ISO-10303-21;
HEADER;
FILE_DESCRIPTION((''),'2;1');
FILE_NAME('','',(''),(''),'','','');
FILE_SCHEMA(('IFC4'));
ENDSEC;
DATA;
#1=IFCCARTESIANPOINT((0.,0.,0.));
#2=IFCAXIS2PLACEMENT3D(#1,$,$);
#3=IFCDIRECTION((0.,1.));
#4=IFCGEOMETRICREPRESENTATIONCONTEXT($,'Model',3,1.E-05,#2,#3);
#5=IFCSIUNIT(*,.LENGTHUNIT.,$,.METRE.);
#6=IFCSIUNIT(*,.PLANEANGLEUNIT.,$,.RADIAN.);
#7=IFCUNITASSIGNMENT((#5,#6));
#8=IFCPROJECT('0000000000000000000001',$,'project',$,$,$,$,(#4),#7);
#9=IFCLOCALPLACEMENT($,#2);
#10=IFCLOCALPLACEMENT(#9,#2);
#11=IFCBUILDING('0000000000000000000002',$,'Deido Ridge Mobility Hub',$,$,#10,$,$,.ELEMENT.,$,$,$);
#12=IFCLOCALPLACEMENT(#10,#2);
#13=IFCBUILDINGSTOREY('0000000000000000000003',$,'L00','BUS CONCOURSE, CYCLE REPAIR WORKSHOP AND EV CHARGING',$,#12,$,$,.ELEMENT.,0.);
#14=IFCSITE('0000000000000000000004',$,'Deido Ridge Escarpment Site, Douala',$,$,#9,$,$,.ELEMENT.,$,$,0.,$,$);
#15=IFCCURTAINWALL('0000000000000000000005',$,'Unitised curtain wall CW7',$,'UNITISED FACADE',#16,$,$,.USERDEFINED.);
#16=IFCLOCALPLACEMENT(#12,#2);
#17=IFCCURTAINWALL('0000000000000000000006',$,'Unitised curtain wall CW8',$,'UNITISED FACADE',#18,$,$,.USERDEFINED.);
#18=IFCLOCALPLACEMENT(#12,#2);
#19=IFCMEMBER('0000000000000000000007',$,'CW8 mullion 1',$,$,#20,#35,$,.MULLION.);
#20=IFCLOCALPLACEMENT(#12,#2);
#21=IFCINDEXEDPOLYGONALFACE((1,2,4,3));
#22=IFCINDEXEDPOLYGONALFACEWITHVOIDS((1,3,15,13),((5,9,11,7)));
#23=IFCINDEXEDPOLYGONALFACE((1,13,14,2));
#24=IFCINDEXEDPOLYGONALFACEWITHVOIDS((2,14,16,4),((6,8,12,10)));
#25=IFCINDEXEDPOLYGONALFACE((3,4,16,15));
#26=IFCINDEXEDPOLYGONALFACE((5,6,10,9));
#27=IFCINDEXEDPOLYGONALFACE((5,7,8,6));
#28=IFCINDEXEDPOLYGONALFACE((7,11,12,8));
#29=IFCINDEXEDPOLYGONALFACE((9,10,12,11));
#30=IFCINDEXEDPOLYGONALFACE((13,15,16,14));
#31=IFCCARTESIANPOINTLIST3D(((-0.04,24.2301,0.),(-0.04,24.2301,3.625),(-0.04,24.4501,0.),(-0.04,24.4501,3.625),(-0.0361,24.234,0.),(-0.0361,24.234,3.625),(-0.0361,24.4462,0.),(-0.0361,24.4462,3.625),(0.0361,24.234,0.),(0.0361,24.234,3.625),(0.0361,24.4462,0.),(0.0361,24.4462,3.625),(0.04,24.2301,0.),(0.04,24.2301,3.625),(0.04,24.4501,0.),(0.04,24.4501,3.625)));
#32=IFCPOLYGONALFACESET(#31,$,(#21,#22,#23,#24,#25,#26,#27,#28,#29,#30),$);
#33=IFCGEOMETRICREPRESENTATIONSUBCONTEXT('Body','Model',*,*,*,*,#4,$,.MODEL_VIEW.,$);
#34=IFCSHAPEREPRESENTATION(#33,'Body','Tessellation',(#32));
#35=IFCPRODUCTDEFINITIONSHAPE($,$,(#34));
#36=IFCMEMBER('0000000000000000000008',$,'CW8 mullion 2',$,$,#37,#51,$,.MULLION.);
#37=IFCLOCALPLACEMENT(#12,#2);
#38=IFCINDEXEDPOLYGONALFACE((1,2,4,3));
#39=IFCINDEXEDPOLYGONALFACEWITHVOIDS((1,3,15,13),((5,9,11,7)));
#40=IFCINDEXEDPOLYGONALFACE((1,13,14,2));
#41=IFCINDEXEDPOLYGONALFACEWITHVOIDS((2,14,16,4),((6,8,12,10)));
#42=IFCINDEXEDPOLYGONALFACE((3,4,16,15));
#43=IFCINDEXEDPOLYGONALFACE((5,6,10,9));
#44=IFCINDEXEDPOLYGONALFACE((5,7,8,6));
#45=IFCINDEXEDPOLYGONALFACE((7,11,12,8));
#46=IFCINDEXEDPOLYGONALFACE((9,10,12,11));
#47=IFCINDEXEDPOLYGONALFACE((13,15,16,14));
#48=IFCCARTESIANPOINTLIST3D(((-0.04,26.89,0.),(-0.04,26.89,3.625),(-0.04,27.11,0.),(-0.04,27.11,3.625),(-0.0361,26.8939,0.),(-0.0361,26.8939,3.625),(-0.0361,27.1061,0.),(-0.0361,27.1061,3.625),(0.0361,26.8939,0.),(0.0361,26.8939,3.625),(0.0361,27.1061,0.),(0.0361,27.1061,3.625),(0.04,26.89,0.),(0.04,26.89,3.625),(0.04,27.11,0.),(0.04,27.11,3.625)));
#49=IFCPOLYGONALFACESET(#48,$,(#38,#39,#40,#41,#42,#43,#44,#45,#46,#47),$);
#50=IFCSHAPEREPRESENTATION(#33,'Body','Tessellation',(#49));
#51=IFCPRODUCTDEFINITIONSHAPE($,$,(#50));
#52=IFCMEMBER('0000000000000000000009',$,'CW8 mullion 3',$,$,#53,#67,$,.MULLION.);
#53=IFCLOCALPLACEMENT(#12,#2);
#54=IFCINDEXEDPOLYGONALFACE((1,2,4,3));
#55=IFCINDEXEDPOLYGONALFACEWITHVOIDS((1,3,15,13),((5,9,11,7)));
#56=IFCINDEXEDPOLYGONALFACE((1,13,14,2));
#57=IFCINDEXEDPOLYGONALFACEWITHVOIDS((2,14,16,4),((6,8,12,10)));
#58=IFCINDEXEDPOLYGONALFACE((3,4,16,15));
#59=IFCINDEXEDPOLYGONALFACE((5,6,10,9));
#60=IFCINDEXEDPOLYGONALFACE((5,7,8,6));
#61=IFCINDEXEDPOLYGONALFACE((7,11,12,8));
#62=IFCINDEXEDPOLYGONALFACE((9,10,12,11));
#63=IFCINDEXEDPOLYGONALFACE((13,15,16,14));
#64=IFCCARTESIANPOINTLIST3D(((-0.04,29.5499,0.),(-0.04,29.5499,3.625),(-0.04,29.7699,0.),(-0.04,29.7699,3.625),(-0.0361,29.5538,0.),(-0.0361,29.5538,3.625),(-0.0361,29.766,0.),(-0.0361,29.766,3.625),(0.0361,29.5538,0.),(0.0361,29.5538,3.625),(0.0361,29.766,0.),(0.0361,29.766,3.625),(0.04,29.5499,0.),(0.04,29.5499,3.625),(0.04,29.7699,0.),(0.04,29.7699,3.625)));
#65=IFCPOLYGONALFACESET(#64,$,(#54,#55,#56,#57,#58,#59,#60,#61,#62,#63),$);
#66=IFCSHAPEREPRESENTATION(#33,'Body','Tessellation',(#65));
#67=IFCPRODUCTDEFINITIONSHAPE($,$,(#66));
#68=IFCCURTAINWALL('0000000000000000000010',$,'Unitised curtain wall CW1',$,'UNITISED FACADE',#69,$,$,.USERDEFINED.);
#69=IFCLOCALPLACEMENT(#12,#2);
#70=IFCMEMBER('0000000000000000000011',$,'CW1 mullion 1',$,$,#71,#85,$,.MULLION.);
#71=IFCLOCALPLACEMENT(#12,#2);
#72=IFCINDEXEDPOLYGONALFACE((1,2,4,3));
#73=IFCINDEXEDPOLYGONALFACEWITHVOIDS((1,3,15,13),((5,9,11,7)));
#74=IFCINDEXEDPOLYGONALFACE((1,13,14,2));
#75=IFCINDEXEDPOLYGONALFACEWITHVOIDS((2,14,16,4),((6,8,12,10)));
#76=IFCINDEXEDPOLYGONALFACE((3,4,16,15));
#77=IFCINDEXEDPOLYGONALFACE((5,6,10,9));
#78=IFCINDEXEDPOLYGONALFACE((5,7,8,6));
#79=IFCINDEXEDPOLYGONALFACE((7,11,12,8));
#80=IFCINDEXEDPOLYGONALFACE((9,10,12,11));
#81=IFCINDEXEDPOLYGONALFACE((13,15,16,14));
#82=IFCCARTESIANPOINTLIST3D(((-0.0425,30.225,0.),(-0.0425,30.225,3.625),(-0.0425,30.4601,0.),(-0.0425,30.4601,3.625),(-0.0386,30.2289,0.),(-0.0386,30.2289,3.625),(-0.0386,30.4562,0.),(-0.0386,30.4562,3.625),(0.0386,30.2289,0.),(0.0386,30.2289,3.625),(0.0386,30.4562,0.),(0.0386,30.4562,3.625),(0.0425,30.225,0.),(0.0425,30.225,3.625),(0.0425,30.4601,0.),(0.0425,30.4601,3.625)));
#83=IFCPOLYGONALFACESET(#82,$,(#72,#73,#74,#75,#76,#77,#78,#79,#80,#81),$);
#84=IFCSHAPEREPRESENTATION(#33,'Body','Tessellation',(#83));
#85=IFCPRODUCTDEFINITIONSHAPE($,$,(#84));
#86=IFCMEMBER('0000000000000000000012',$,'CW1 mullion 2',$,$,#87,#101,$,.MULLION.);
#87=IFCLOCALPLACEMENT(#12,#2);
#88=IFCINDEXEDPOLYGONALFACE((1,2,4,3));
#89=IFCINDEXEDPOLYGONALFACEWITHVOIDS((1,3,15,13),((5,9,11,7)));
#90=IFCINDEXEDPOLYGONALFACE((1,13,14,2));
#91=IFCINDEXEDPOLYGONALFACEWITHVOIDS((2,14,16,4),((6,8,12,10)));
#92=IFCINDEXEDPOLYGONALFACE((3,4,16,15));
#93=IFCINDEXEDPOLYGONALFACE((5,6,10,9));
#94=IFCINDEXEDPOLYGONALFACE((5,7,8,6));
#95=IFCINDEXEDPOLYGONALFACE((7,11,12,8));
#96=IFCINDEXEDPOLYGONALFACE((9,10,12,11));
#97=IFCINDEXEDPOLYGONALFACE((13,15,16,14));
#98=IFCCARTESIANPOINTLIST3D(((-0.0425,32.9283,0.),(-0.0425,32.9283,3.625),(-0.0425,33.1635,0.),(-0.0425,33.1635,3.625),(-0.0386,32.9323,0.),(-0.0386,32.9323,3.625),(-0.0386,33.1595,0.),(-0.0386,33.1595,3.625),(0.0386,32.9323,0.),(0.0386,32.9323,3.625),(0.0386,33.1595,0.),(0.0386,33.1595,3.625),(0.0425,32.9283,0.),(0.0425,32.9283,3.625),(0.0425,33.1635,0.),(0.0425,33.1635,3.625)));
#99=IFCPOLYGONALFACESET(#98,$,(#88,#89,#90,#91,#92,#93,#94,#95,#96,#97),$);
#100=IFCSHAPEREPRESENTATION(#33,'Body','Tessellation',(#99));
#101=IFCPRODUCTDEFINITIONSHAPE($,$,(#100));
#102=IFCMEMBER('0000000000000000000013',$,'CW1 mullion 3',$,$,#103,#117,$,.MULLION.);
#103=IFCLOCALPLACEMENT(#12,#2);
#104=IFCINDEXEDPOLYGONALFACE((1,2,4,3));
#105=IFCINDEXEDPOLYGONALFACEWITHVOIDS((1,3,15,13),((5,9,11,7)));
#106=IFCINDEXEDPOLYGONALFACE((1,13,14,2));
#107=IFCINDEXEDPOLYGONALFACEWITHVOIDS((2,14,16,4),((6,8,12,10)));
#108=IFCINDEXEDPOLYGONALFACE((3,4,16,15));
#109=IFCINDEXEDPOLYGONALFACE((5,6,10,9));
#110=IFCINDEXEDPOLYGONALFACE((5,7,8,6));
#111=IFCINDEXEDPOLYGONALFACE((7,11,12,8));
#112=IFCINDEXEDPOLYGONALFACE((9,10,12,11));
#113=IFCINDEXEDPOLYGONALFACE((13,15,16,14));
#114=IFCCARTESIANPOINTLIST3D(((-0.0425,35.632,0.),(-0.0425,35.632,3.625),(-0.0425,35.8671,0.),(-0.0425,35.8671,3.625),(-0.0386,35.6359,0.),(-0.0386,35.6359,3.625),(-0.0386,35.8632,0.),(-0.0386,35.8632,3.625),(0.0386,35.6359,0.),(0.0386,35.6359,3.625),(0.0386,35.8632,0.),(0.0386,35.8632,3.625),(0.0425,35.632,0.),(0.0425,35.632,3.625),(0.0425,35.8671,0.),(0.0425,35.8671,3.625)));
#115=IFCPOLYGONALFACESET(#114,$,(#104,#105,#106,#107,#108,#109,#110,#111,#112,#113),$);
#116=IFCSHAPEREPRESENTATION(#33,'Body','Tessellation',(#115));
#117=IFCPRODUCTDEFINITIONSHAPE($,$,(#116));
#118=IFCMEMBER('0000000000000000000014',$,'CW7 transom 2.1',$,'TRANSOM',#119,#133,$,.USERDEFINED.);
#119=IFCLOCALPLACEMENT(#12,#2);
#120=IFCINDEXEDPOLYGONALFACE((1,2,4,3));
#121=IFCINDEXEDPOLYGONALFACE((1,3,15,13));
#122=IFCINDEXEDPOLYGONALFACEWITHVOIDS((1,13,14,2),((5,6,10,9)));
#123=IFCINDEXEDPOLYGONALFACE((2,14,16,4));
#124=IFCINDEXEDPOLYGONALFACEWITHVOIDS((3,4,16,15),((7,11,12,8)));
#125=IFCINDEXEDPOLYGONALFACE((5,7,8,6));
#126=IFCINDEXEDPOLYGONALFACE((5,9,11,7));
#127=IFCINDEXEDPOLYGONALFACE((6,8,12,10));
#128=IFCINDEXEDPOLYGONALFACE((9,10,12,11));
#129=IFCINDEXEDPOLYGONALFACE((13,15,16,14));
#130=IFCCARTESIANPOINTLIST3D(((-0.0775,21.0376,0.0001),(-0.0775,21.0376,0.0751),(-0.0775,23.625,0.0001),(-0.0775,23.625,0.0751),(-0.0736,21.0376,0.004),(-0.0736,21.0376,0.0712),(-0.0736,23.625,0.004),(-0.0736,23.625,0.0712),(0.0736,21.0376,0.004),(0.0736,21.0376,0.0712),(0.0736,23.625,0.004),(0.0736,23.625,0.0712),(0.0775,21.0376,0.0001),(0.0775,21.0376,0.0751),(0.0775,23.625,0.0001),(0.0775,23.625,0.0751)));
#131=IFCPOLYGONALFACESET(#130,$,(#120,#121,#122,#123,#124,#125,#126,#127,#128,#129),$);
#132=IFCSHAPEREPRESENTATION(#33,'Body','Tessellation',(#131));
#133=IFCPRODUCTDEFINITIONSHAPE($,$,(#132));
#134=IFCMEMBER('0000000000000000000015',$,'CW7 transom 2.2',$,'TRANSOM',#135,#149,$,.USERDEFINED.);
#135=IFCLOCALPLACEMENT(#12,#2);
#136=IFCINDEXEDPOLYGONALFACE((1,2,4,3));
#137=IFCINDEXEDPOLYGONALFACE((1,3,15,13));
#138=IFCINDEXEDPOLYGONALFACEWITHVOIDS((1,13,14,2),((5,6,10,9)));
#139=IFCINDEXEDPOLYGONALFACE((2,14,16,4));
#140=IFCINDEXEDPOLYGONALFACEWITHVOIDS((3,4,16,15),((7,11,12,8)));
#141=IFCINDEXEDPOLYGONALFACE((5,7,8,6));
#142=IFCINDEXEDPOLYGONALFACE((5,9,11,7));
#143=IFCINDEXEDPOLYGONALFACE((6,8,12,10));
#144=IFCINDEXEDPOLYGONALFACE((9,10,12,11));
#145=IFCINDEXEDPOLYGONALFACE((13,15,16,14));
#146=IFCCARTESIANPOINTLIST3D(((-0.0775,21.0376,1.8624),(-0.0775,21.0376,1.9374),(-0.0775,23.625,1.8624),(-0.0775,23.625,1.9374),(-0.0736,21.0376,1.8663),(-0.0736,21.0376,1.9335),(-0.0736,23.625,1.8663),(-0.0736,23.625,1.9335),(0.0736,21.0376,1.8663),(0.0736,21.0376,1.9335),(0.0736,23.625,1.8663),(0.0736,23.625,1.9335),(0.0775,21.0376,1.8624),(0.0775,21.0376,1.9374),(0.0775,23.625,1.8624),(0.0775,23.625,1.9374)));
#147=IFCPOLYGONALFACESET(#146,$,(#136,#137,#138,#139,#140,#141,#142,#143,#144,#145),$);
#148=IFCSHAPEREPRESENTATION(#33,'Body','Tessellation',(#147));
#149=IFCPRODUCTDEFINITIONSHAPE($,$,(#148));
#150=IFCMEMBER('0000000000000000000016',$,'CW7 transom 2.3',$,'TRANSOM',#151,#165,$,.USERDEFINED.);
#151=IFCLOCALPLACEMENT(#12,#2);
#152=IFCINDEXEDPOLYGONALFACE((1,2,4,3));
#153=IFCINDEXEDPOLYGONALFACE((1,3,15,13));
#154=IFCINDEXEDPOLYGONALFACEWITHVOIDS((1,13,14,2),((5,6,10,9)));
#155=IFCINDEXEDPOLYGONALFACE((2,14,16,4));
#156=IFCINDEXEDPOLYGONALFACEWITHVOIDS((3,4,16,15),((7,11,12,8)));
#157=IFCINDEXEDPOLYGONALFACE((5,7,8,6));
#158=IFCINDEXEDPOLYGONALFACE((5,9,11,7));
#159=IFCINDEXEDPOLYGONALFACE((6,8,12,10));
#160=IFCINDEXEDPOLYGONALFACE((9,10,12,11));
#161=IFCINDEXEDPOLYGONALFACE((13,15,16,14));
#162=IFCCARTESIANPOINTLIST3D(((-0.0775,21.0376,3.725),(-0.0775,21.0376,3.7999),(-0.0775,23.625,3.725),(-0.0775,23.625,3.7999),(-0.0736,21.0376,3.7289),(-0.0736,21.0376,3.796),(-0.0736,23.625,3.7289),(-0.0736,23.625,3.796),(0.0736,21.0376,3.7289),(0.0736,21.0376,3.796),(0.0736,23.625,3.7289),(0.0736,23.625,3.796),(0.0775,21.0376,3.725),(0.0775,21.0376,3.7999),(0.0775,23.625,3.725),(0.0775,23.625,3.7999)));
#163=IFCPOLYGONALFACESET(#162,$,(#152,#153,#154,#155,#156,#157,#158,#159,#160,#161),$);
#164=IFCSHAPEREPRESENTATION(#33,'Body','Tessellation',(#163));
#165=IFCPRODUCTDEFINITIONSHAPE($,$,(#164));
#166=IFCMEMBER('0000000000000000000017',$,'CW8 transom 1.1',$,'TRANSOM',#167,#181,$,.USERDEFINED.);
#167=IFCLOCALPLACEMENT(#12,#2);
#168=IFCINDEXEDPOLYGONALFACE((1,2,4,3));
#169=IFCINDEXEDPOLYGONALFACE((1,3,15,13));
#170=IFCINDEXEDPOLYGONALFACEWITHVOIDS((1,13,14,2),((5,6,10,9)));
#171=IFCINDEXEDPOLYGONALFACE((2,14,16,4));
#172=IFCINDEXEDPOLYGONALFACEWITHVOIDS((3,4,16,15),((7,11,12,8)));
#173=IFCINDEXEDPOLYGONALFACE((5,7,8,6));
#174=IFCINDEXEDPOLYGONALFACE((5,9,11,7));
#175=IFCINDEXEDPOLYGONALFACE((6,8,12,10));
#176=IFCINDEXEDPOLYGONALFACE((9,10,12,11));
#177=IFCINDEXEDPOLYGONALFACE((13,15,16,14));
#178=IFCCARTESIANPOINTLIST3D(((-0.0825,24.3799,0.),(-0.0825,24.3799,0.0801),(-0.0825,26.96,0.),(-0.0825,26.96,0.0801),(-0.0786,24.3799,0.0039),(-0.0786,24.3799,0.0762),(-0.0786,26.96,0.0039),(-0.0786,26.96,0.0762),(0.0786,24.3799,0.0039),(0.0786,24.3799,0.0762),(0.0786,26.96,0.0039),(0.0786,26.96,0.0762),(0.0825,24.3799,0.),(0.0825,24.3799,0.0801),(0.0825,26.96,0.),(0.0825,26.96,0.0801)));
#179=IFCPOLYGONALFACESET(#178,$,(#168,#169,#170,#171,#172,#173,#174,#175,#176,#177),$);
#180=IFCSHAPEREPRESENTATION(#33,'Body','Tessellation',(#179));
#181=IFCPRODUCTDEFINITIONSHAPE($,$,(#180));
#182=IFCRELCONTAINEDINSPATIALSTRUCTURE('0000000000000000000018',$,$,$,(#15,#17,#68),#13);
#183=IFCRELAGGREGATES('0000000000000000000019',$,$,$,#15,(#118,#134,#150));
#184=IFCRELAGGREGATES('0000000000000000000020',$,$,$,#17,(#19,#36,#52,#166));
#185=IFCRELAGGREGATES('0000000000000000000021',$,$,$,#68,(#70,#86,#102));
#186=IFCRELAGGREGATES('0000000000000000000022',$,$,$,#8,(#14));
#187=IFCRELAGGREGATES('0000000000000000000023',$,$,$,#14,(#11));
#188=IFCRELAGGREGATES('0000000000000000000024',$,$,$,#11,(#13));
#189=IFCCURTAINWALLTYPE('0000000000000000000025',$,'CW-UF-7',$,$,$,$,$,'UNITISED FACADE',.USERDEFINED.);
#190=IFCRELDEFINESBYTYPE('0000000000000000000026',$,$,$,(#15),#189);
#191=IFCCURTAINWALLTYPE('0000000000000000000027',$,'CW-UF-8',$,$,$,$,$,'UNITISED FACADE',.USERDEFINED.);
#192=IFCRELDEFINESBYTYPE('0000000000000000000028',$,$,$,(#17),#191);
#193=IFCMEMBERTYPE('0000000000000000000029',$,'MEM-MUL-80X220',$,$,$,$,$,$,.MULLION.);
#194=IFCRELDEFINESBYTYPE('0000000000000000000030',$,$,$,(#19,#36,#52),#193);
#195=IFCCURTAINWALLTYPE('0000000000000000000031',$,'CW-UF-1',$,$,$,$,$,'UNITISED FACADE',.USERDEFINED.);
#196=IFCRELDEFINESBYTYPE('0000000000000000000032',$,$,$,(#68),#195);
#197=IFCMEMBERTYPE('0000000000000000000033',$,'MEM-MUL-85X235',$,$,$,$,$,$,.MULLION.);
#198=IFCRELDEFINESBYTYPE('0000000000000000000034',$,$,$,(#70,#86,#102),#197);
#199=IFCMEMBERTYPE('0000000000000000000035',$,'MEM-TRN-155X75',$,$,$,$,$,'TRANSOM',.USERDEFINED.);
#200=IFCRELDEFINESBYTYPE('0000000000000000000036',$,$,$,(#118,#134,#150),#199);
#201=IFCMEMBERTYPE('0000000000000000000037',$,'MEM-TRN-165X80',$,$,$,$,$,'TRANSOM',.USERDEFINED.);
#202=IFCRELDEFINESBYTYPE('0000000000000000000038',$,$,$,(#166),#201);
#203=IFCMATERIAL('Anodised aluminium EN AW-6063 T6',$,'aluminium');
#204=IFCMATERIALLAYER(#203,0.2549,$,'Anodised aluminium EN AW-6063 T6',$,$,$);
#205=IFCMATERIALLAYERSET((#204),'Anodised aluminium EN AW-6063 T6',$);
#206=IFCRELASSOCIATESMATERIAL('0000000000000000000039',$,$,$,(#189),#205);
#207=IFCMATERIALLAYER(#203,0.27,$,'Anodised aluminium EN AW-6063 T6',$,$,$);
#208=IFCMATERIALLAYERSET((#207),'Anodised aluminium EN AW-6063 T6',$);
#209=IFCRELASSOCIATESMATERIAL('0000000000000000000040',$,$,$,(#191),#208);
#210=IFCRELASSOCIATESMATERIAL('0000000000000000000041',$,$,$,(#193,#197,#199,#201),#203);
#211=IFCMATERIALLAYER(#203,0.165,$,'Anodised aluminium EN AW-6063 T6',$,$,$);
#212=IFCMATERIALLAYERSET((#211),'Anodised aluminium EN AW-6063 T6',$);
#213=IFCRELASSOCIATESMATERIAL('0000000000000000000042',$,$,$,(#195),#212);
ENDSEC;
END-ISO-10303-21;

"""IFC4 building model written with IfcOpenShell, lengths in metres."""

from ifc_helpers import new_model, si_unit, direction, frame, origin, origin_2d, place, context, subcontext, project, spatial, hollow_rectangle, extrude, material, layer, layer_set, material_profile, profile_set, type_object, element, aggregate, save


model = new_model("IFC4")

# Units and contexts
model_context = context("Model", 3, precision=1e-05, world=origin(), true_north=direction((0.0, 1.0)))
body_context = subcontext(model_context, "Body", "Model", "MODEL_VIEW")
ifc_project = project(units=[si_unit("LENGTHUNIT", "METRE"), si_unit("PLANEANGLEUNIT", "RADIAN")], contexts=[model_context])

# Site, building, storey
site_placement = place(None, origin())
site = spatial("IfcSite", under=ifc_project, at=site_placement, Name="Deido Ridge Escarpment Site, Douala", CompositionType="ELEMENT", RefElevation=0.0)
building_placement = place(site_placement, origin())
building = spatial("IfcBuilding", under=site, at=building_placement, Name="Deido Ridge Mobility Hub", CompositionType="ELEMENT")
storey_placement = place(building_placement, origin())
storey = spatial("IfcBuildingStorey", under=building, at=storey_placement, Name="L00", Description="BUS CONCOURSE, CYCLE REPAIR WORKSHOP AND EV CHARGING", CompositionType="ELEMENT", Elevation=0.0)

# Curtain walls, members
ifc_material_1 = material(Name="Anodised aluminium EN AW-6063 T6", Category="aluminium")
ifc_layer_1 = layer(ifc_material_1, 0.2549, Name="Anodised aluminium EN AW-6063 T6")
ifc_layer_set_1 = layer_set([ifc_layer_1], Name="Anodised aluminium EN AW-6063 T6")
curtain_wall_type_1 = type_object("IfcCurtainWallType", Name="CW-UF-7", ElementType="UNITISED FACADE", PredefinedType="USERDEFINED", material=ifc_layer_set_1)
curtain_wall_1_placement = place(storey_placement, origin())
curtain_wall_1 = element("IfcCurtainWall", 1, at=curtain_wall_1_placement, inside=storey, type_object=curtain_wall_type_1, Name="Unitised curtain wall CW7", ObjectType="UNITISED FACADE", PredefinedType="USERDEFINED")
ifc_layer_2 = layer(ifc_material_1, 0.27, Name="Anodised aluminium EN AW-6063 T6")
ifc_layer_set_2 = layer_set([ifc_layer_2], Name="Anodised aluminium EN AW-6063 T6")
curtain_wall_type_2 = type_object("IfcCurtainWallType", Name="CW-UF-8", ElementType="UNITISED FACADE", PredefinedType="USERDEFINED", material=ifc_layer_set_2)
curtain_wall_2_placement = place(storey_placement, origin())
curtain_wall_2 = element("IfcCurtainWall", 2, at=curtain_wall_2_placement, inside=storey, type_object=curtain_wall_type_2, Name="Unitised curtain wall CW8", ObjectType="UNITISED FACADE", PredefinedType="USERDEFINED")
ifc_material_profile_1 = material_profile(ifc_material_1, hollow_rectangle(XDim=0.0801, YDim=0.22, WallThickness=0.0039, at=origin_2d()), Name="RHS 80x220x4")
ifc_profile_set_1 = profile_set([ifc_material_profile_1], Name="Anodised aluminium EN AW-6063 T6")
member_type_1 = type_object("IfcMemberType", Name="MEM-MUL-80X220", PredefinedType="MULLION", material=ifc_profile_set_1)
member_1_placement = place(storey_placement, frame((0.0, 24.3401, 0.0), z_axis=(0.0, 0.0, 1.0), x_axis=(-1.0, 0.0, 0.0)))
member_1 = element("IfcMember", 3, at=member_1_placement, type_object=member_type_1, Name="CW8 mullion 1", PredefinedType="MULLION", context=body_context, shape_type="SweptSolid", body=[
    extrude(hollow_rectangle(XDim=0.0801, YDim=0.22, WallThickness=0.0039, at=origin_2d()), origin(), (0.0, 0.0, 1.0), 3.625),
])
member_2_placement = place(storey_placement, frame((0.0, 27.0, 0.0), z_axis=(0.0, 0.0, 1.0), x_axis=(-1.0, 0.0, 0.0)))
member_2 = element("IfcMember", 4, at=member_2_placement, type_object=member_type_1, Name="CW8 mullion 2", PredefinedType="MULLION", context=body_context, shape_type="SweptSolid", body=[
    extrude(hollow_rectangle(XDim=0.0801, YDim=0.22, WallThickness=0.0039, at=origin_2d()), origin(), (0.0, 0.0, 1.0), 3.625),
])
member_3_placement = place(storey_placement, frame((0.0, 29.6599, 0.0), z_axis=(0.0, 0.0, 1.0), x_axis=(-1.0, 0.0, 0.0)))
member_3 = element("IfcMember", 5, at=member_3_placement, type_object=member_type_1, Name="CW8 mullion 3", PredefinedType="MULLION", context=body_context, shape_type="SweptSolid", body=[
    extrude(hollow_rectangle(XDim=0.0801, YDim=0.22, WallThickness=0.0039, at=origin_2d()), origin(), (0.0, 0.0, 1.0), 3.625),
])
ifc_layer_3 = layer(ifc_material_1, 0.165, Name="Anodised aluminium EN AW-6063 T6")
ifc_layer_set_3 = layer_set([ifc_layer_3], Name="Anodised aluminium EN AW-6063 T6")
curtain_wall_type_3 = type_object("IfcCurtainWallType", Name="CW-UF-1", ElementType="UNITISED FACADE", PredefinedType="USERDEFINED", material=ifc_layer_set_3)
curtain_wall_3_placement = place(storey_placement, origin())
curtain_wall_3 = element("IfcCurtainWall", 6, at=curtain_wall_3_placement, inside=storey, type_object=curtain_wall_type_3, Name="Unitised curtain wall CW1", ObjectType="UNITISED FACADE", PredefinedType="USERDEFINED")
ifc_material_profile_2 = material_profile(ifc_material_1, hollow_rectangle(XDim=0.085, YDim=0.2351, WallThickness=0.0039, at=origin_2d()), Name="RHS 85x235x4")
ifc_profile_set_2 = profile_set([ifc_material_profile_2], Name="Anodised aluminium EN AW-6063 T6")
member_type_2 = type_object("IfcMemberType", Name="MEM-MUL-85X235", PredefinedType="MULLION", material=ifc_profile_set_2)
member_4_placement = place(storey_placement, frame((0.0, 30.3425, 0.0), z_axis=(0.0, 0.0, 1.0), x_axis=(-1.0, 0.0, 0.0)))
member_4 = element("IfcMember", 7, at=member_4_placement, type_object=member_type_2, Name="CW1 mullion 1", PredefinedType="MULLION", context=body_context, shape_type="SweptSolid", body=[
    extrude(hollow_rectangle(XDim=0.085, YDim=0.2351, WallThickness=0.0039, at=origin_2d()), origin(), (0.0, 0.0, 1.0), 3.625),
])
member_5_placement = place(storey_placement, frame((0.0, 33.0459, 0.0), z_axis=(0.0, 0.0, 1.0), x_axis=(-1.0, 0.0, 0.0)))
member_5 = element("IfcMember", 8, at=member_5_placement, type_object=member_type_2, Name="CW1 mullion 2", PredefinedType="MULLION", context=body_context, shape_type="SweptSolid", body=[
    extrude(hollow_rectangle(XDim=0.085, YDim=0.2351, WallThickness=0.0039, at=origin_2d()), origin(), (0.0, 0.0, 1.0), 3.625),
])
member_6_placement = place(storey_placement, frame((0.0, 35.7495, 0.0), z_axis=(0.0, 0.0, 1.0), x_axis=(-1.0, 0.0, 0.0)))
member_6 = element("IfcMember", 9, at=member_6_placement, type_object=member_type_2, Name="CW1 mullion 3", PredefinedType="MULLION", context=body_context, shape_type="SweptSolid", body=[
    extrude(hollow_rectangle(XDim=0.085, YDim=0.2351, WallThickness=0.0039, at=origin_2d()), origin(), (0.0, 0.0, 1.0), 3.625),
])

# Members
ifc_material_profile_3 = material_profile(ifc_material_1, hollow_rectangle(XDim=0.155, YDim=0.075, WallThickness=0.0039, at=origin_2d()), Name="RHS 155x75x4")
ifc_profile_set_3 = profile_set([ifc_material_profile_3], Name="Anodised aluminium EN AW-6063 T6")
member_type_3 = type_object("IfcMemberType", Name="MEM-TRN-155X75", ElementType="TRANSOM", PredefinedType="USERDEFINED", material=ifc_profile_set_3)
member_7_placement = place(storey_placement, frame((0.0, 21.0376, 0.0376), z_axis=(0.0, 1.0, 0.0), x_axis=(-1.0, 0.0, 0.0)))
member_7 = element("IfcMember", 10, at=member_7_placement, type_object=member_type_3, Name="CW7 transom 2.1", ObjectType="TRANSOM", PredefinedType="USERDEFINED", context=body_context, shape_type="SweptSolid", body=[
    extrude(hollow_rectangle(XDim=0.155, YDim=0.075, WallThickness=0.0039, at=origin_2d()), origin(), (0.0, 0.0, 1.0), 2.5874),
])
member_8_placement = place(storey_placement, frame((0.0, 21.0376, 1.8999), z_axis=(0.0, 1.0, 0.0), x_axis=(-1.0, 0.0, 0.0)))
member_8 = element("IfcMember", 11, at=member_8_placement, type_object=member_type_3, Name="CW7 transom 2.2", ObjectType="TRANSOM", PredefinedType="USERDEFINED", context=body_context, shape_type="SweptSolid", body=[
    extrude(hollow_rectangle(XDim=0.155, YDim=0.075, WallThickness=0.0039, at=origin_2d()), origin(), (0.0, 0.0, 1.0), 2.5874),
])
member_9_placement = place(storey_placement, frame((0.0, 21.0376, 3.7625), z_axis=(0.0, 1.0, 0.0), x_axis=(-1.0, 0.0, 0.0)))
member_9 = element("IfcMember", 12, at=member_9_placement, type_object=member_type_3, Name="CW7 transom 2.3", ObjectType="TRANSOM", PredefinedType="USERDEFINED", context=body_context, shape_type="SweptSolid", body=[
    extrude(hollow_rectangle(XDim=0.155, YDim=0.075, WallThickness=0.0039, at=origin_2d()), origin(), (0.0, 0.0, 1.0), 2.5874),
])
ifc_material_profile_4 = material_profile(ifc_material_1, hollow_rectangle(XDim=0.165, YDim=0.0801, WallThickness=0.0039, at=origin_2d()), Name="RHS 165x80x4")
ifc_profile_set_4 = profile_set([ifc_material_profile_4], Name="Anodised aluminium EN AW-6063 T6")
member_type_4 = type_object("IfcMemberType", Name="MEM-TRN-165X80", ElementType="TRANSOM", PredefinedType="USERDEFINED", material=ifc_profile_set_4)
member_10_placement = place(storey_placement, frame((0.0, 24.3799, 0.04), z_axis=(0.0, 1.0, 0.0), x_axis=(-1.0, 0.0, 0.0)))
member_10 = element("IfcMember", 13, at=member_10_placement, type_object=member_type_4, Name="CW8 transom 1.1", ObjectType="TRANSOM", PredefinedType="USERDEFINED", context=body_context, shape_type="SweptSolid", body=[
    extrude(hollow_rectangle(XDim=0.165, YDim=0.0801, WallThickness=0.0039, at=origin_2d()), origin(), (0.0, 0.0, 1.0), 2.5801),
])

aggregate(curtain_wall_1, [member_7, member_8, member_9])
aggregate(curtain_wall_2, [member_1, member_2, member_3, member_10])
aggregate(curtain_wall_3, [member_4, member_5, member_6])

save(model, "model.ifc")
